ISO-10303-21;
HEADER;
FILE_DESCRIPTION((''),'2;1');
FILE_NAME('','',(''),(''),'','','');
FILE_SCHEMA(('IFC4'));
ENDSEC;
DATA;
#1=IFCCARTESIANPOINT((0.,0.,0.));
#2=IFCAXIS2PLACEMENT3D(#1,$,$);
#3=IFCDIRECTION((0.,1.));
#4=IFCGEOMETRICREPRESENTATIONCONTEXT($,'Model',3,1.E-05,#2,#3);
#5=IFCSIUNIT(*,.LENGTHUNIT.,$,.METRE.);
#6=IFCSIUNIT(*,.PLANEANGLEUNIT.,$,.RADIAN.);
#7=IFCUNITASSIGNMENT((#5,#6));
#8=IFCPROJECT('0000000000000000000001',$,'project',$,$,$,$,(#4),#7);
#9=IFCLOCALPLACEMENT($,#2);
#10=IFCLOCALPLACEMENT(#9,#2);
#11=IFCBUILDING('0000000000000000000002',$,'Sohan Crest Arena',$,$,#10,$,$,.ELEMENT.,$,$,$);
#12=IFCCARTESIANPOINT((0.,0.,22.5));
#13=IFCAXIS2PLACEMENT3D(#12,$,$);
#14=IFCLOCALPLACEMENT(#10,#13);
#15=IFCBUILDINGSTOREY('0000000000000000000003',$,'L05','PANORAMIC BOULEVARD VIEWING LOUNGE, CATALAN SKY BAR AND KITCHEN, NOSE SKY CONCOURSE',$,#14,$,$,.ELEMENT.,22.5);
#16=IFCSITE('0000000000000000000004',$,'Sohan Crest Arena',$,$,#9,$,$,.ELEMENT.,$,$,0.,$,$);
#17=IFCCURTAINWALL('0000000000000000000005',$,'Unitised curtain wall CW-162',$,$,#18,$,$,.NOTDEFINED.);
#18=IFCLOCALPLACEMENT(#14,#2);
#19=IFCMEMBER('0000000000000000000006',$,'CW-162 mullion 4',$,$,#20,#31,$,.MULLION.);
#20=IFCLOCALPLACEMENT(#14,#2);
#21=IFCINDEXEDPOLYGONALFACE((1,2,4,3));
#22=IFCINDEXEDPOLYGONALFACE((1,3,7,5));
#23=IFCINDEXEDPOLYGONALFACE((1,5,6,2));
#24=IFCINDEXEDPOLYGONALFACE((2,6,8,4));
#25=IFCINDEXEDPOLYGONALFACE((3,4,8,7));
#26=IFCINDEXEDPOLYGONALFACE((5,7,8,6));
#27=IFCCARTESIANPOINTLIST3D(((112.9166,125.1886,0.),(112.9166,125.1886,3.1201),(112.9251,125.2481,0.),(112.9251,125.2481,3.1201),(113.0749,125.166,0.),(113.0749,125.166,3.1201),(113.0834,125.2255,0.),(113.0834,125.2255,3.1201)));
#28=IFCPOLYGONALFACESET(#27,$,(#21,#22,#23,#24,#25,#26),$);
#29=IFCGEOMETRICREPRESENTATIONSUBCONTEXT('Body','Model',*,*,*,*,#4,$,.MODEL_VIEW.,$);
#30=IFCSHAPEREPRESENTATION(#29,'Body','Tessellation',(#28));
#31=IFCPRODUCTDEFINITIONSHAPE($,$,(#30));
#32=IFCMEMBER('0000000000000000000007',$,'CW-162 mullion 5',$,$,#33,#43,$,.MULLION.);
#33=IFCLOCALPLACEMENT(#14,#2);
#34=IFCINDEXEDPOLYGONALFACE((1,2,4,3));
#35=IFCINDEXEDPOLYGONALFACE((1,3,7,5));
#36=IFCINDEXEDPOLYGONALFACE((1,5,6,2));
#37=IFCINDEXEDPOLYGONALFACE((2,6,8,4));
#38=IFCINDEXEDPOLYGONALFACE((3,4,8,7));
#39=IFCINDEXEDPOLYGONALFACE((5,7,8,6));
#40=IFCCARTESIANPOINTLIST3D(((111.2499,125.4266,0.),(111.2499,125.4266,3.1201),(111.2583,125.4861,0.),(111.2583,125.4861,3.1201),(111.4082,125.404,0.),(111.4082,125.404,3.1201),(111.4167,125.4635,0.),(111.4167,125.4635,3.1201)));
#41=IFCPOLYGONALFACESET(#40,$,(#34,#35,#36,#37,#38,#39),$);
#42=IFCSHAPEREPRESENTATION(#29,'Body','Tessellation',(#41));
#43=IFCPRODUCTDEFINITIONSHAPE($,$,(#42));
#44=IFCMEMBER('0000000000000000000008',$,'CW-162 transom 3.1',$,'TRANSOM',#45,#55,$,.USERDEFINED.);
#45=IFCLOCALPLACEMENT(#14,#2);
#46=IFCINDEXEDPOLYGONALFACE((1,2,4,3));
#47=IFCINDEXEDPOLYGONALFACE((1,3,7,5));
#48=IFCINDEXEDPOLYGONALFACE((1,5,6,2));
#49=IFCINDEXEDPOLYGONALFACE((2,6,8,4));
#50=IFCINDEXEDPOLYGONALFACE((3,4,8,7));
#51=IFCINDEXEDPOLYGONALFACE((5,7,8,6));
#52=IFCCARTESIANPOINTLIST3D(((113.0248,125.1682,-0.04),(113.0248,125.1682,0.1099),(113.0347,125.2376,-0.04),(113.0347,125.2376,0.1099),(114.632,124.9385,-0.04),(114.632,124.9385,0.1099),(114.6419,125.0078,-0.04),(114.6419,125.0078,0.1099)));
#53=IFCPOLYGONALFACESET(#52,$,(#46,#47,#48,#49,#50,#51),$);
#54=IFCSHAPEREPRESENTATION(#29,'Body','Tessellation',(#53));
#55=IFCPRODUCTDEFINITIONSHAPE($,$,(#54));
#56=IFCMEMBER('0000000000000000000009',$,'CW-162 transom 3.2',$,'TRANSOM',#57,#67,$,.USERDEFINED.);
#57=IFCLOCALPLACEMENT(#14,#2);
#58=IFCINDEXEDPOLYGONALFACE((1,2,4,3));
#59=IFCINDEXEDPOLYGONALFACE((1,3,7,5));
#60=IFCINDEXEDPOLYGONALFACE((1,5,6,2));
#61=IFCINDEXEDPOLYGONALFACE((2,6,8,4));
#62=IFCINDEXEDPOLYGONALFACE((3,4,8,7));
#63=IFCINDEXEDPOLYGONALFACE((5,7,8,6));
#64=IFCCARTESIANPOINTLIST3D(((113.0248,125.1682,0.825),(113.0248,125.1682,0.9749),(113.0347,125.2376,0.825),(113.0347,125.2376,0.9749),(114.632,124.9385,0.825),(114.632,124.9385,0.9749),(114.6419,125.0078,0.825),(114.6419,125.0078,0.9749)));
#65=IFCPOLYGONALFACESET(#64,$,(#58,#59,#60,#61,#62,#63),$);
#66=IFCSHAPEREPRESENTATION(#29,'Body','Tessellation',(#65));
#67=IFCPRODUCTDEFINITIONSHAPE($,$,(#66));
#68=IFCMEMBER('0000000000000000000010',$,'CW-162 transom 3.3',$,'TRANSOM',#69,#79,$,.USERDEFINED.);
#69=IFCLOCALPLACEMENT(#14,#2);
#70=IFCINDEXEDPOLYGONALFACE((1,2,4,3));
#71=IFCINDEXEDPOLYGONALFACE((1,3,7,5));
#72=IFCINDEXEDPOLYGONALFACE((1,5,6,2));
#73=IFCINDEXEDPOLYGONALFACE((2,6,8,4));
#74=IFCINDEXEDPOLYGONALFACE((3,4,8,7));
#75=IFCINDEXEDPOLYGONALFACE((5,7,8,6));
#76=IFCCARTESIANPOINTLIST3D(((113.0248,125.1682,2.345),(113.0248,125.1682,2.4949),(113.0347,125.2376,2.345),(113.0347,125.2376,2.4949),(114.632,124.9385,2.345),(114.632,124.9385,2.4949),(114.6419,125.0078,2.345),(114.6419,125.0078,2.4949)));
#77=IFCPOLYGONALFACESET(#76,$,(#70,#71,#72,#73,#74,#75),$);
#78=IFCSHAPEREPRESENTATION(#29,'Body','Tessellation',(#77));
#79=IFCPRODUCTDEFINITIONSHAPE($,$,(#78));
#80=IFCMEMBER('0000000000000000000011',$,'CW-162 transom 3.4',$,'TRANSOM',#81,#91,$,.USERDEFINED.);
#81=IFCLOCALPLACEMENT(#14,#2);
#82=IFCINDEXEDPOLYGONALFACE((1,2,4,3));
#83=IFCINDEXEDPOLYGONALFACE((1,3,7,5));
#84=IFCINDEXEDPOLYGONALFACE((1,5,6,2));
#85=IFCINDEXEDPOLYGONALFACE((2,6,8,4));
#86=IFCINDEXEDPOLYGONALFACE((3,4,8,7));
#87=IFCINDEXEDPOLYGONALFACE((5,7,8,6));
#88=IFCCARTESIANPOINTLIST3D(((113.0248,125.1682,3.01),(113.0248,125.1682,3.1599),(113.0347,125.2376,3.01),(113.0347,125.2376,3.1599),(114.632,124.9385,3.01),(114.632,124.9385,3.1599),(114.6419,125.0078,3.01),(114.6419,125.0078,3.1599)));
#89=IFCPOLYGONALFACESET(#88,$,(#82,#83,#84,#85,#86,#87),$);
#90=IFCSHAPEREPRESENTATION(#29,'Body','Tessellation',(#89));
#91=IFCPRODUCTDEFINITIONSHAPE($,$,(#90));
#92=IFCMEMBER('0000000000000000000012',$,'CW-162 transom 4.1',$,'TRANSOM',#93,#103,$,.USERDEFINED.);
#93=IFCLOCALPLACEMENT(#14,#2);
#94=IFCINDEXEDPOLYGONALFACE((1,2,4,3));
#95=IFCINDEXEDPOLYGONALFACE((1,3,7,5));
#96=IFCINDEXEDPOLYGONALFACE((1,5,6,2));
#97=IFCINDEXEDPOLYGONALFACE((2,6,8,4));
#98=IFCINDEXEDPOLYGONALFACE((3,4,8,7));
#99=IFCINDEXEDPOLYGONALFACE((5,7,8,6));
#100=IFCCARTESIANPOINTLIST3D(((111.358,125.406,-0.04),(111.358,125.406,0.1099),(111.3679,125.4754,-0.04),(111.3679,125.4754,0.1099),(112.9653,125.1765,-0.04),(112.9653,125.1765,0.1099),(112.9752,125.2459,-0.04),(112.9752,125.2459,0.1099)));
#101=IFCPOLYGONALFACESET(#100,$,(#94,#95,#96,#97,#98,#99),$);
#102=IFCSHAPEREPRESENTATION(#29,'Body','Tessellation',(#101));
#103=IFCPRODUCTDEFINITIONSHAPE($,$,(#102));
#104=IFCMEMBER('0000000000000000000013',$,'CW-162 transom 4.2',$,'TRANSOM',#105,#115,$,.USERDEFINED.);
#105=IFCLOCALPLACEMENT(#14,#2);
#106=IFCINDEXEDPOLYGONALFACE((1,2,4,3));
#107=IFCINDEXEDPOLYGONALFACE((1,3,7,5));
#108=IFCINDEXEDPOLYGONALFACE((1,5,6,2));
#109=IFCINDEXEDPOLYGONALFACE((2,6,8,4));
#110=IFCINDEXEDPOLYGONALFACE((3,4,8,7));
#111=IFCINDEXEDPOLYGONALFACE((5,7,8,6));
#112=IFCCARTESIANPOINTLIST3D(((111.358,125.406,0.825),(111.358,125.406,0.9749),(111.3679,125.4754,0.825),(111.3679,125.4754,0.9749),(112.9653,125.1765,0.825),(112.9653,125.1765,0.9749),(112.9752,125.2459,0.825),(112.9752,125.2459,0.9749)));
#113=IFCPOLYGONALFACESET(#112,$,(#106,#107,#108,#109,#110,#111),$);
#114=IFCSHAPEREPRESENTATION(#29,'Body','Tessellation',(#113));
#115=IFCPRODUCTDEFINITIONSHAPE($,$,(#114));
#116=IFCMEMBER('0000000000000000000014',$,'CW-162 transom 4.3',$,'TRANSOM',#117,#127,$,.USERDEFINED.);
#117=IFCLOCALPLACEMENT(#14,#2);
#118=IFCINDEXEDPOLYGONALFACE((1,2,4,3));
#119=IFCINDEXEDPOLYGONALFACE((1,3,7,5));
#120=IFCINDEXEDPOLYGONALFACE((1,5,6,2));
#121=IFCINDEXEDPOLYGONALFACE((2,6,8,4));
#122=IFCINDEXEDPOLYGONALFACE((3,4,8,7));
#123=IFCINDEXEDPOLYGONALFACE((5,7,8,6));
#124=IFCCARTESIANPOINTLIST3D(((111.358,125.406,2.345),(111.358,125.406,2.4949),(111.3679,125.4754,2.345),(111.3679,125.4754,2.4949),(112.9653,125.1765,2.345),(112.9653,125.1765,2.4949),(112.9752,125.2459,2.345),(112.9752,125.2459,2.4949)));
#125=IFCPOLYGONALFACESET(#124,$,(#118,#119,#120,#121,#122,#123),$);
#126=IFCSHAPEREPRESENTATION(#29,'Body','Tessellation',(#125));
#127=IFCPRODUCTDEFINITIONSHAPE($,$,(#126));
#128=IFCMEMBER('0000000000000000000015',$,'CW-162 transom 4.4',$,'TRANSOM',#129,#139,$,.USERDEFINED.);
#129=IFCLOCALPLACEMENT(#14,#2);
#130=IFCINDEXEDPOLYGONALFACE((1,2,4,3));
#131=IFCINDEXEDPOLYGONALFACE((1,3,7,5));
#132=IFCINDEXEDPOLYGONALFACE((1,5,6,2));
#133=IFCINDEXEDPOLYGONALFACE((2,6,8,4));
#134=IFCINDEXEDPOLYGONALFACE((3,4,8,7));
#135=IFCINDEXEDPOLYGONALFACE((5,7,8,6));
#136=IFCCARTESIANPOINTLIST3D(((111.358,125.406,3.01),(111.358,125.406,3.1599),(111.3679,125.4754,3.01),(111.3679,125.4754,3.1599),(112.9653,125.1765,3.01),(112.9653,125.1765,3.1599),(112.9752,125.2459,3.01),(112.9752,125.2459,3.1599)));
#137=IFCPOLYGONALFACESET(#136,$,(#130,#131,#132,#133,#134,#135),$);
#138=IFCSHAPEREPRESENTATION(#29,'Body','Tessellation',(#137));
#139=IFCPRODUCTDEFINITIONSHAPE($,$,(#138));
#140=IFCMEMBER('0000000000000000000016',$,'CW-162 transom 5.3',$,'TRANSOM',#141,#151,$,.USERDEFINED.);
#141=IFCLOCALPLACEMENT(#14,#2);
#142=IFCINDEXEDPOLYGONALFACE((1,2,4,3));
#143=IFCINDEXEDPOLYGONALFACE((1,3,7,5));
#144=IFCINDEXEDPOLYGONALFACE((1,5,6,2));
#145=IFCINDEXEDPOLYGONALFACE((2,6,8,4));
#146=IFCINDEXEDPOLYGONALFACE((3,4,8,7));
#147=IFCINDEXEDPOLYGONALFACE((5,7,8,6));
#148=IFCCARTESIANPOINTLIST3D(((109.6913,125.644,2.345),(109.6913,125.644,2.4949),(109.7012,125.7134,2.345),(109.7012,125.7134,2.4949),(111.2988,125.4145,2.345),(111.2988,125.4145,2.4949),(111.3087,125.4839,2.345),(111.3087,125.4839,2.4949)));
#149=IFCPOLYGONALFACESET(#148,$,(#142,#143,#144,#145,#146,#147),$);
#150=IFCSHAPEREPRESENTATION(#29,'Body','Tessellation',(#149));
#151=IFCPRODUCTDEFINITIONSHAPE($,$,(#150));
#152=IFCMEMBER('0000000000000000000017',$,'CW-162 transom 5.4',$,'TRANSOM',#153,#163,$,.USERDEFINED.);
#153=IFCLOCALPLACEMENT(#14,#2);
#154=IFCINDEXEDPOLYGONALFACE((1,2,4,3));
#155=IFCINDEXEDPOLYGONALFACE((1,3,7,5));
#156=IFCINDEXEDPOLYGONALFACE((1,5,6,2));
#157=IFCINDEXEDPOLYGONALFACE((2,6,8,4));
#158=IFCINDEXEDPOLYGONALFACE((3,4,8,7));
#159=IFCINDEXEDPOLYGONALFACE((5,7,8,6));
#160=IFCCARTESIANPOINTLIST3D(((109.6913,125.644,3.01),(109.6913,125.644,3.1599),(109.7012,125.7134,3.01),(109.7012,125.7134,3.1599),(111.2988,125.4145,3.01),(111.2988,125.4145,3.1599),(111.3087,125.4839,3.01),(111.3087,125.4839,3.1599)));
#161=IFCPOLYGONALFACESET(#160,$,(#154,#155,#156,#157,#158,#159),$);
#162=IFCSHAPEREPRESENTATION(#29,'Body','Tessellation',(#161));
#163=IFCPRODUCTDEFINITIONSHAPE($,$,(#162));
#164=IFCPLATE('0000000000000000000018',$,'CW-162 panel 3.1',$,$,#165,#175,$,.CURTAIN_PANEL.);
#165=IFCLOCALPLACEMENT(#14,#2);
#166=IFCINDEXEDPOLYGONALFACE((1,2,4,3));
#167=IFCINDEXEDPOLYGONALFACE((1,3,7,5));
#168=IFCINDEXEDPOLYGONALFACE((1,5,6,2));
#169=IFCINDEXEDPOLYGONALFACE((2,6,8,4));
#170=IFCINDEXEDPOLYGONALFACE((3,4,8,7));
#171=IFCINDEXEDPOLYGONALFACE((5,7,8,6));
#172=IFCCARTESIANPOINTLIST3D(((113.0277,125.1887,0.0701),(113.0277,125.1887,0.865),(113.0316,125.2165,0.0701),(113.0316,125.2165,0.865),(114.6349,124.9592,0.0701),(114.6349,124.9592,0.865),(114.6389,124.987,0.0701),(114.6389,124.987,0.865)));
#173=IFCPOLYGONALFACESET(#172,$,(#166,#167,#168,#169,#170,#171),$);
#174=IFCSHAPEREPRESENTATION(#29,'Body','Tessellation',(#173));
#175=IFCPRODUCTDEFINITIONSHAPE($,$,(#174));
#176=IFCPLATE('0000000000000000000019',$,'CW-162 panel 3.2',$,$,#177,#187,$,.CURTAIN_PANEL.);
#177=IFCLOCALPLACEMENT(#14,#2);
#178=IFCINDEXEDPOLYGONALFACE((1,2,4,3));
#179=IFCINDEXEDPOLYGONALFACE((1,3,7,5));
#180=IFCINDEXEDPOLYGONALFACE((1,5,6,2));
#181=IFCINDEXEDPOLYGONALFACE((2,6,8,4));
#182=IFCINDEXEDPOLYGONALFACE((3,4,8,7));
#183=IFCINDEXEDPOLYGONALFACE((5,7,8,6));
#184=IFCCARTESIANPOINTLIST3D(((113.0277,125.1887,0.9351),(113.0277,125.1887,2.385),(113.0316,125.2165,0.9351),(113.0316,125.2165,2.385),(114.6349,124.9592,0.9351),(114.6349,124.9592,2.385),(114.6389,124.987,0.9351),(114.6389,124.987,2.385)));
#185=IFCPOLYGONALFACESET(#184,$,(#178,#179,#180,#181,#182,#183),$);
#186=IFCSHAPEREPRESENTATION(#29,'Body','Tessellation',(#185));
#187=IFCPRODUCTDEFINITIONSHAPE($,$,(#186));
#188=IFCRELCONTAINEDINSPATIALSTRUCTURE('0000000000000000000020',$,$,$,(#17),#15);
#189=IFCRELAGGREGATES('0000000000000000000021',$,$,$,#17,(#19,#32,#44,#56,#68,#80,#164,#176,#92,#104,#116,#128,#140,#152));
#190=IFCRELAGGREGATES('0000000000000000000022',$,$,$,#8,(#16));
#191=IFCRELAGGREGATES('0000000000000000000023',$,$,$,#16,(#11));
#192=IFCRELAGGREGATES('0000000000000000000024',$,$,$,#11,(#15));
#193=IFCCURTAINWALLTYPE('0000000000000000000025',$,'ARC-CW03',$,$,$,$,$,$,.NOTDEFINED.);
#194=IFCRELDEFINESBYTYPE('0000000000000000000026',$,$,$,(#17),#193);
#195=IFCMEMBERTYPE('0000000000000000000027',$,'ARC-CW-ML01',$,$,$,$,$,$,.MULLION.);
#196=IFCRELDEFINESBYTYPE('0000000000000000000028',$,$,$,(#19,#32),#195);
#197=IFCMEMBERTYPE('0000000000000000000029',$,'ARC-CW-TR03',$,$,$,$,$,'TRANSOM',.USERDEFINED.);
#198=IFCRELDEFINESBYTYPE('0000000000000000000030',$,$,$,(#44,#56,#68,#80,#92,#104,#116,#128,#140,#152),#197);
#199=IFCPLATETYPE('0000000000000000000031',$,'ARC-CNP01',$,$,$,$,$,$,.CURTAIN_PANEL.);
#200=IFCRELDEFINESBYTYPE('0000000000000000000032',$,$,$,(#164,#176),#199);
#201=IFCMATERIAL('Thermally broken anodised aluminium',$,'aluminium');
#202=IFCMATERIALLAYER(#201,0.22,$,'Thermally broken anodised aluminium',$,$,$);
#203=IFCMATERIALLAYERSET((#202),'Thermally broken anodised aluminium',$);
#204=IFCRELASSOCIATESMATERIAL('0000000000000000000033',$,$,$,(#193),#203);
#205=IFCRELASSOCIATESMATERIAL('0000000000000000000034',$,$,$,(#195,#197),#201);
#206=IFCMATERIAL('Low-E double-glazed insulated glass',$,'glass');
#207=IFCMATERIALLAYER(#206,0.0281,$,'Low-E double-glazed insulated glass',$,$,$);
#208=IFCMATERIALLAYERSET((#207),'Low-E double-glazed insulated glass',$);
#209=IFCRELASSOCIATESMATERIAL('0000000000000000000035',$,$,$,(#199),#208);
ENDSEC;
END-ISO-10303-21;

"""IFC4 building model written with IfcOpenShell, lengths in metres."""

from ifc_helpers import new_model, si_unit, direction, frame, origin, origin_2d, place, context, subcontext, project, spatial, rectangle, extrude, material, layer, layer_set, material_profile, profile_set, type_object, element, aggregate, save


model = new_model("IFC4")

# Units and contexts
model_context = context("Model", 3, precision=1e-05, world=origin(), true_north=direction((0.0, 1.0)))
body_context = subcontext(model_context, "Body", "Model", "MODEL_VIEW")
ifc_project = project(units=[si_unit("LENGTHUNIT", "METRE"), si_unit("PLANEANGLEUNIT", "RADIAN")], contexts=[model_context])

# Site, building, storey
site_placement = place(None, origin())
site = spatial("IfcSite", under=ifc_project, at=site_placement, Name="Sohan Crest Arena", CompositionType="ELEMENT", RefElevation=0.0)
building_placement = place(site_placement, origin())
building = spatial("IfcBuilding", under=site, at=building_placement, Name="Sohan Crest Arena", CompositionType="ELEMENT")
storey_placement = place(building_placement, frame((0.0, 0.0, 22.5)))
storey = spatial("IfcBuildingStorey", under=building, at=storey_placement, Name="L05", Description="PANORAMIC BOULEVARD VIEWING LOUNGE, CATALAN SKY BAR AND KITCHEN, NOSE SKY CONCOURSE", CompositionType="ELEMENT", Elevation=22.5)

# Curtain wall, members, plates
ifc_material_1 = material(Name="Thermally broken anodised aluminium", Category="aluminium")
ifc_layer_1 = layer(ifc_material_1, 0.22, Name="Thermally broken anodised aluminium")
ifc_layer_set_1 = layer_set([ifc_layer_1], Name="Thermally broken anodised aluminium")
curtain_wall_type = type_object("IfcCurtainWallType", Name="ARC-CW03", PredefinedType="NOTDEFINED", material=ifc_layer_set_1)
curtain_wall_placement = place(storey_placement, origin())
curtain_wall = element("IfcCurtainWall", 1, at=curtain_wall_placement, inside=storey, type_object=curtain_wall_type, Name="Unitised curtain wall CW-162", PredefinedType="NOTDEFINED")
ifc_material_profile_1 = material_profile(ifc_material_1, rectangle(XDim=0.0601, YDim=0.1599, at=origin_2d()), Name="ALU-MULL 60x160")
ifc_profile_set_1 = profile_set([ifc_material_profile_1], Name="Thermally broken anodised aluminium")
member_type_1 = type_object("IfcMemberType", Name="ARC-CW-ML01", PredefinedType="MULLION", material=ifc_profile_set_1)
member_1_placement = place(storey_placement, frame((113.0, 125.207, 0.0), z_axis=(0.0, 0.0, 1.0), x_axis=(-0.141366, -0.989957, 0.0)))
member_1 = element("IfcMember", 2, at=member_1_placement, type_object=member_type_1, Name="CW-162 mullion 4", PredefinedType="MULLION", context=body_context, shape_type="SweptSolid", body=[
    extrude(rectangle(XDim=0.0601, YDim=0.1599, at=origin_2d()), origin(), (0.0, 0.0, 1.0), 3.1201),
])
member_2_placement = place(storey_placement, frame((111.3333, 125.4451, 0.0), z_axis=(0.0, 0.0, 1.0), x_axis=(-0.141366, -0.989957, 0.0)))
member_2 = element("IfcMember", 3, at=member_2_placement, type_object=member_type_1, Name="CW-162 mullion 5", PredefinedType="MULLION", context=body_context, shape_type="SweptSolid", body=[
    extrude(rectangle(XDim=0.0601, YDim=0.1599, at=origin_2d()), origin(), (0.0, 0.0, 1.0), 3.1201),
])
ifc_material_profile_2 = material_profile(ifc_material_1, rectangle(XDim=0.0701, YDim=0.1499, at=origin_2d()), Name="ALU-TRAN 70x150")
ifc_profile_set_2 = profile_set([ifc_material_profile_2], Name="Thermally broken anodised aluminium")
member_type_2 = type_object("IfcMemberType", Name="ARC-CW-TR03", ElementType="TRANSOM", PredefinedType="USERDEFINED", material=ifc_profile_set_2)
member_3_placement = place(storey_placement, frame((114.637, 124.9731, 0.0349), z_axis=(-0.989937, 0.141506, 0.0), x_axis=(-0.141506, -0.989937, 0.0)))
member_3 = element("IfcMember", 4, at=member_3_placement, type_object=member_type_2, Name="CW-162 transom 3.1", ObjectType="TRANSOM", PredefinedType="USERDEFINED", context=body_context, shape_type="SweptSolid", body=[
    extrude(rectangle(XDim=0.0701, YDim=0.1499, at=origin_2d()), origin(), (0.0, 0.0, 1.0), 1.6235),
])
member_4_placement = place(storey_placement, frame((114.637, 124.9731, 0.8999), z_axis=(-0.989937, 0.141506, 0.0), x_axis=(-0.141506, -0.989937, 0.0)))
member_4 = element("IfcMember", 5, at=member_4_placement, type_object=member_type_2, Name="CW-162 transom 3.2", ObjectType="TRANSOM", PredefinedType="USERDEFINED", context=body_context, shape_type="SweptSolid", body=[
    extrude(rectangle(XDim=0.0701, YDim=0.1499, at=origin_2d()), origin(), (0.0, 0.0, 1.0), 1.6235),
])
member_5_placement = place(storey_placement, frame((114.637, 124.9731, 2.4199), z_axis=(-0.989937, 0.141506, 0.0), x_axis=(-0.141506, -0.989937, 0.0)))
member_5 = element("IfcMember", 6, at=member_5_placement, type_object=member_type_2, Name="CW-162 transom 3.3", ObjectType="TRANSOM", PredefinedType="USERDEFINED", context=body_context, shape_type="SweptSolid", body=[
    extrude(rectangle(XDim=0.0701, YDim=0.1499, at=origin_2d()), origin(), (0.0, 0.0, 1.0), 1.6235),
])
member_6_placement = place(storey_placement, frame((114.637, 124.9731, 3.085), z_axis=(-0.989937, 0.141506, 0.0), x_axis=(-0.141506, -0.989937, 0.0)))
member_6 = element("IfcMember", 7, at=member_6_placement, type_object=member_type_2, Name="CW-162 transom 3.4", ObjectType="TRANSOM", PredefinedType="USERDEFINED", context=body_context, shape_type="SweptSolid", body=[
    extrude(rectangle(XDim=0.0701, YDim=0.1499, at=origin_2d()), origin(), (0.0, 0.0, 1.0), 1.6235),
])
member_7_placement = place(storey_placement, frame((112.9702, 125.2112, 0.0349), z_axis=(-0.989959, 0.141358, 0.0), x_axis=(-0.141358, -0.989959, 0.0)))
member_7 = element("IfcMember", 8, at=member_7_placement, type_object=member_type_2, Name="CW-162 transom 4.1", ObjectType="TRANSOM", PredefinedType="USERDEFINED", context=body_context, shape_type="SweptSolid", body=[
    extrude(rectangle(XDim=0.0701, YDim=0.1499, at=origin_2d()), origin(), (0.0, 0.0, 1.0), 1.6235),
])
member_8_placement = place(storey_placement, frame((112.9702, 125.2112, 0.8999), z_axis=(-0.989959, 0.141358, 0.0), x_axis=(-0.141358, -0.989959, 0.0)))
member_8 = element("IfcMember", 9, at=member_8_placement, type_object=member_type_2, Name="CW-162 transom 4.2", ObjectType="TRANSOM", PredefinedType="USERDEFINED", context=body_context, shape_type="SweptSolid", body=[
    extrude(rectangle(XDim=0.0701, YDim=0.1499, at=origin_2d()), origin(), (0.0, 0.0, 1.0), 1.6235),
])
member_9_placement = place(storey_placement, frame((112.9702, 125.2112, 2.4199), z_axis=(-0.989959, 0.141358, 0.0), x_axis=(-0.141358, -0.989959, 0.0)))
member_9 = element("IfcMember", 10, at=member_9_placement, type_object=member_type_2, Name="CW-162 transom 4.3", ObjectType="TRANSOM", PredefinedType="USERDEFINED", context=body_context, shape_type="SweptSolid", body=[
    extrude(rectangle(XDim=0.0701, YDim=0.1499, at=origin_2d()), origin(), (0.0, 0.0, 1.0), 1.6235),
])
member_10_placement = place(storey_placement, frame((112.9702, 125.2112, 3.085), z_axis=(-0.989959, 0.141358, 0.0), x_axis=(-0.141358, -0.989959, 0.0)))
member_10 = element("IfcMember", 11, at=member_10_placement, type_object=member_type_2, Name="CW-162 transom 4.4", ObjectType="TRANSOM", PredefinedType="USERDEFINED", context=body_context, shape_type="SweptSolid", body=[
    extrude(rectangle(XDim=0.0701, YDim=0.1499, at=origin_2d()), origin(), (0.0, 0.0, 1.0), 1.6235),
])
member_11_placement = place(storey_placement, frame((111.3037, 125.4492, 2.4199), z_axis=(-0.989962, 0.141337, 0.0), x_axis=(-0.141337, -0.989962, 0.0)))
member_11 = element("IfcMember", 12, at=member_11_placement, type_object=member_type_2, Name="CW-162 transom 5.3", ObjectType="TRANSOM", PredefinedType="USERDEFINED", context=body_context, shape_type="SweptSolid", body=[
    extrude(rectangle(XDim=0.0701, YDim=0.1499, at=origin_2d()), origin(), (0.0, 0.0, 1.0), 1.6238),
])
member_12_placement = place(storey_placement, frame((111.3037, 125.4492, 3.085), z_axis=(-0.989962, 0.141337, 0.0), x_axis=(-0.141337, -0.989962, 0.0)))
member_12 = element("IfcMember", 13, at=member_12_placement, type_object=member_type_2, Name="CW-162 transom 5.4", ObjectType="TRANSOM", PredefinedType="USERDEFINED", context=body_context, shape_type="SweptSolid", body=[
    extrude(rectangle(XDim=0.0701, YDim=0.1499, at=origin_2d()), origin(), (0.0, 0.0, 1.0), 1.6238),
])
ifc_material_2 = material(Name="Low-E double-glazed insulated glass", Category="glass")
ifc_layer_2 = layer(ifc_material_2, 0.0281, Name="Low-E double-glazed insulated glass")
ifc_layer_set_2 = layer_set([ifc_layer_2], Name="Low-E double-glazed insulated glass")
plate_type = type_object("IfcPlateType", Name="ARC-CNP01", PredefinedType="CURTAIN_PANEL", material=ifc_layer_set_2)
plate_1_placement = place(storey_placement, frame((113.8333, 125.0879, 0.0701), z_axis=(0.0, 0.0, 1.0), x_axis=(-0.989957, 0.141366, 0.0)))
plate_1 = element("IfcPlate", 14, at=plate_1_placement, type_object=plate_type, Name="CW-162 panel 3.1", PredefinedType="CURTAIN_PANEL", context=body_context, shape_type="SweptSolid", body=[
    extrude(rectangle(XDim=1.6235, YDim=0.0281, at=origin_2d()), origin(), (0.0, 0.0, 1.0), 0.7949),
])
plate_2_placement = place(storey_placement, frame((113.8333, 125.0879, 0.9351), z_axis=(0.0, 0.0, 1.0), x_axis=(-0.989957, 0.141366, 0.0)))
plate_2 = element("IfcPlate", 15, at=plate_2_placement, type_object=plate_type, Name="CW-162 panel 3.2", PredefinedType="CURTAIN_PANEL", context=body_context, shape_type="SweptSolid", body=[
    extrude(rectangle(XDim=1.6235, YDim=0.0281, at=origin_2d()), origin(), (0.0, 0.0, 1.0), 1.45),
])
aggregate(curtain_wall, [member_1, member_2, member_3, member_4, member_5, member_6, plate_1, plate_2, member_7, member_8, member_9, member_10, member_11, member_12])

save(model, "model.ifc")
